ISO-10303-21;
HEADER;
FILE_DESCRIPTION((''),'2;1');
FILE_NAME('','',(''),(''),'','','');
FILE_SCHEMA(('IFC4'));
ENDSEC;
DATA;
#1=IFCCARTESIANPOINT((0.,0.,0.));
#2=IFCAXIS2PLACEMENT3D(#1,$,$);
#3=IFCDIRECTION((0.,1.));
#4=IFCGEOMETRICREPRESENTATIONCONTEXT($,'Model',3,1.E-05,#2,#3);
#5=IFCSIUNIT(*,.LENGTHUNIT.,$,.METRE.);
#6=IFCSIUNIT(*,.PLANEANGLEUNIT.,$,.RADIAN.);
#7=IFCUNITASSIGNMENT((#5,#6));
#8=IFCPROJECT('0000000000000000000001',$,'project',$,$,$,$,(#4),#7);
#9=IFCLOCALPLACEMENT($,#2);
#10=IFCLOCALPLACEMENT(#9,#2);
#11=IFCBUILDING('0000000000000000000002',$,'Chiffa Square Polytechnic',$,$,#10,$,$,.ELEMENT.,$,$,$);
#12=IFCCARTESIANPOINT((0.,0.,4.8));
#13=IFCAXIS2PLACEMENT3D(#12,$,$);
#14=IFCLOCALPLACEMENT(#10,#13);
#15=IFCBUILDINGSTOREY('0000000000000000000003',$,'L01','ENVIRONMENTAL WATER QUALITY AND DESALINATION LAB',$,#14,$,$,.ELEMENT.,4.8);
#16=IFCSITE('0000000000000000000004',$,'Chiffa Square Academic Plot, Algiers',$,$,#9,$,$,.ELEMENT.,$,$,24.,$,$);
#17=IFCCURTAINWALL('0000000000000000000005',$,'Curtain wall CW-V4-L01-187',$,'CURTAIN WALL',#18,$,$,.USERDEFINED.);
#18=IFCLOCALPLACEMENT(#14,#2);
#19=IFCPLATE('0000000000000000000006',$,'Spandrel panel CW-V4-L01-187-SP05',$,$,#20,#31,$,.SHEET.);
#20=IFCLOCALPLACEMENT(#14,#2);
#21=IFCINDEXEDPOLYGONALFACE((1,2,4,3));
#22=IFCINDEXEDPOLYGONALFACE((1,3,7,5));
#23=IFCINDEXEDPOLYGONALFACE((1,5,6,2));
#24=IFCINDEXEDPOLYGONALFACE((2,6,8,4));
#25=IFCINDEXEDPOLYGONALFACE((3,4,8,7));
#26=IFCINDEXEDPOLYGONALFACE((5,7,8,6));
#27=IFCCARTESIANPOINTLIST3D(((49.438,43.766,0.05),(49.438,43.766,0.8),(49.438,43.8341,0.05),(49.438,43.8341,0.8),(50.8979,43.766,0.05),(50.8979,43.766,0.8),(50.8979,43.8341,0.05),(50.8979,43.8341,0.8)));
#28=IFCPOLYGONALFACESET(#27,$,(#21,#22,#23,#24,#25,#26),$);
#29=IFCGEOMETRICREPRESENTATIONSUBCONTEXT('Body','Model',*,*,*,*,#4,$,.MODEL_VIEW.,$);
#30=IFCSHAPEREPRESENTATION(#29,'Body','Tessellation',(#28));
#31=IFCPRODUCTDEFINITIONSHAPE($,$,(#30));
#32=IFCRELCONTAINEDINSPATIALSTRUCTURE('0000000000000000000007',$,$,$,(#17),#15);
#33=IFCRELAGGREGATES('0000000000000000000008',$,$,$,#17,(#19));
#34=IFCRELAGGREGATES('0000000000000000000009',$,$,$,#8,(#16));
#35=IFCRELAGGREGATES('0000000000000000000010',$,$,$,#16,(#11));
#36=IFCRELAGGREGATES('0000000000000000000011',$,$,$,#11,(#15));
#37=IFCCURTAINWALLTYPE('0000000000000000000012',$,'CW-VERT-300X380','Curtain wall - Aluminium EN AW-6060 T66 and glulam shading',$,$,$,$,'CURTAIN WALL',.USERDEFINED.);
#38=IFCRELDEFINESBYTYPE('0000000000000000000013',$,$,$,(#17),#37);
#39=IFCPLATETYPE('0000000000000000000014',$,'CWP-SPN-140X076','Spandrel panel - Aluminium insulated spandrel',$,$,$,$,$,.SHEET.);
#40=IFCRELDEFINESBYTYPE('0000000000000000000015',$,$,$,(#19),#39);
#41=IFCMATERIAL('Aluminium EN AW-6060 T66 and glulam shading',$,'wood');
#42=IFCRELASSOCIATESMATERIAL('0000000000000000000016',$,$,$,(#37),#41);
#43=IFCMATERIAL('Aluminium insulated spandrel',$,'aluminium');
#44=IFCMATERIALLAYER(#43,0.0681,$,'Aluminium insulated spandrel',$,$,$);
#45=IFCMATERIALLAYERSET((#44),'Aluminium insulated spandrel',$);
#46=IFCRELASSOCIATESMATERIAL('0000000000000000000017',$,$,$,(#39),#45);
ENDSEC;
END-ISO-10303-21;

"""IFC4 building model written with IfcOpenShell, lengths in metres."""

from ifc_helpers import new_model, si_unit, direction, frame, origin, origin_2d, place, context, subcontext, project, spatial, rectangle, extrude, material, layer, layer_set, type_object, element, aggregate, save


model = new_model("IFC4")

# Units and contexts
model_context = context("Model", 3, precision=1e-05, world=origin(), true_north=direction((0.0, 1.0)))
body_context = subcontext(model_context, "Body", "Model", "MODEL_VIEW")
ifc_project = project(units=[si_unit("LENGTHUNIT", "METRE"), si_unit("PLANEANGLEUNIT", "RADIAN")], contexts=[model_context])

# Site, building, storey
site_placement = place(None, origin())
site = spatial("IfcSite", under=ifc_project, at=site_placement, Name="Chiffa Square Academic Plot, Algiers", CompositionType="ELEMENT", RefElevation=24.0)
building_placement = place(site_placement, origin())
building = spatial("IfcBuilding", under=site, at=building_placement, Name="Chiffa Square Polytechnic", CompositionType="ELEMENT")
storey_placement = place(building_placement, frame((0.0, 0.0, 4.8)))
storey = spatial("IfcBuildingStorey", under=building, at=storey_placement, Name="L01", Description="ENVIRONMENTAL WATER QUALITY AND DESALINATION LAB", CompositionType="ELEMENT", Elevation=4.8)

# Curtain wall, plate
ifc_material_1 = material(Name="Aluminium EN AW-6060 T66 and glulam shading", Category="wood")
curtain_wall_type = type_object("IfcCurtainWallType", Name="CW-VERT-300X380", Description="Curtain wall - Aluminium EN AW-6060 T66 and glulam shading", ElementType="CURTAIN WALL", PredefinedType="USERDEFINED", material=ifc_material_1)
curtain_wall_placement = place(storey_placement, origin())
curtain_wall = element("IfcCurtainWall", 1, at=curtain_wall_placement, inside=storey, type_object=curtain_wall_type, Name="Curtain wall CW-V4-L01-187", ObjectType="CURTAIN WALL", PredefinedType="USERDEFINED")
ifc_material_2 = material(Name="Aluminium insulated spandrel", Category="aluminium")
ifc_layer_1 = layer(ifc_material_2, 0.0681, Name="Aluminium insulated spandrel")
ifc_layer_set_1 = layer_set([ifc_layer_1], Name="Aluminium insulated spandrel")
plate_type_1 = type_object("IfcPlateType", Name="CWP-SPN-140X076", Description="Spandrel panel - Aluminium insulated spandrel", PredefinedType="SHEET", material=ifc_layer_set_1)
plate_1_placement = place(storey_placement, frame((50.168, 43.8, 0.05), z_axis=(0.0, 0.0, 1.0), x_axis=(-1.0, 0.0, 0.0)))
plate_1 = element("IfcPlate", 2, at=plate_1_placement, type_object=plate_type_1, Name="Spandrel panel CW-V4-L01-187-SP05", PredefinedType="SHEET", context=body_context, shape_type="SweptSolid", body=[
    extrude(rectangle(XDim=1.46, YDim=0.0681, at=origin_2d()), origin(), (0.0, 0.0, 1.0), 0.75),
])
aggregate(curtain_wall, [plate_1])

save(model, "model.ifc")
